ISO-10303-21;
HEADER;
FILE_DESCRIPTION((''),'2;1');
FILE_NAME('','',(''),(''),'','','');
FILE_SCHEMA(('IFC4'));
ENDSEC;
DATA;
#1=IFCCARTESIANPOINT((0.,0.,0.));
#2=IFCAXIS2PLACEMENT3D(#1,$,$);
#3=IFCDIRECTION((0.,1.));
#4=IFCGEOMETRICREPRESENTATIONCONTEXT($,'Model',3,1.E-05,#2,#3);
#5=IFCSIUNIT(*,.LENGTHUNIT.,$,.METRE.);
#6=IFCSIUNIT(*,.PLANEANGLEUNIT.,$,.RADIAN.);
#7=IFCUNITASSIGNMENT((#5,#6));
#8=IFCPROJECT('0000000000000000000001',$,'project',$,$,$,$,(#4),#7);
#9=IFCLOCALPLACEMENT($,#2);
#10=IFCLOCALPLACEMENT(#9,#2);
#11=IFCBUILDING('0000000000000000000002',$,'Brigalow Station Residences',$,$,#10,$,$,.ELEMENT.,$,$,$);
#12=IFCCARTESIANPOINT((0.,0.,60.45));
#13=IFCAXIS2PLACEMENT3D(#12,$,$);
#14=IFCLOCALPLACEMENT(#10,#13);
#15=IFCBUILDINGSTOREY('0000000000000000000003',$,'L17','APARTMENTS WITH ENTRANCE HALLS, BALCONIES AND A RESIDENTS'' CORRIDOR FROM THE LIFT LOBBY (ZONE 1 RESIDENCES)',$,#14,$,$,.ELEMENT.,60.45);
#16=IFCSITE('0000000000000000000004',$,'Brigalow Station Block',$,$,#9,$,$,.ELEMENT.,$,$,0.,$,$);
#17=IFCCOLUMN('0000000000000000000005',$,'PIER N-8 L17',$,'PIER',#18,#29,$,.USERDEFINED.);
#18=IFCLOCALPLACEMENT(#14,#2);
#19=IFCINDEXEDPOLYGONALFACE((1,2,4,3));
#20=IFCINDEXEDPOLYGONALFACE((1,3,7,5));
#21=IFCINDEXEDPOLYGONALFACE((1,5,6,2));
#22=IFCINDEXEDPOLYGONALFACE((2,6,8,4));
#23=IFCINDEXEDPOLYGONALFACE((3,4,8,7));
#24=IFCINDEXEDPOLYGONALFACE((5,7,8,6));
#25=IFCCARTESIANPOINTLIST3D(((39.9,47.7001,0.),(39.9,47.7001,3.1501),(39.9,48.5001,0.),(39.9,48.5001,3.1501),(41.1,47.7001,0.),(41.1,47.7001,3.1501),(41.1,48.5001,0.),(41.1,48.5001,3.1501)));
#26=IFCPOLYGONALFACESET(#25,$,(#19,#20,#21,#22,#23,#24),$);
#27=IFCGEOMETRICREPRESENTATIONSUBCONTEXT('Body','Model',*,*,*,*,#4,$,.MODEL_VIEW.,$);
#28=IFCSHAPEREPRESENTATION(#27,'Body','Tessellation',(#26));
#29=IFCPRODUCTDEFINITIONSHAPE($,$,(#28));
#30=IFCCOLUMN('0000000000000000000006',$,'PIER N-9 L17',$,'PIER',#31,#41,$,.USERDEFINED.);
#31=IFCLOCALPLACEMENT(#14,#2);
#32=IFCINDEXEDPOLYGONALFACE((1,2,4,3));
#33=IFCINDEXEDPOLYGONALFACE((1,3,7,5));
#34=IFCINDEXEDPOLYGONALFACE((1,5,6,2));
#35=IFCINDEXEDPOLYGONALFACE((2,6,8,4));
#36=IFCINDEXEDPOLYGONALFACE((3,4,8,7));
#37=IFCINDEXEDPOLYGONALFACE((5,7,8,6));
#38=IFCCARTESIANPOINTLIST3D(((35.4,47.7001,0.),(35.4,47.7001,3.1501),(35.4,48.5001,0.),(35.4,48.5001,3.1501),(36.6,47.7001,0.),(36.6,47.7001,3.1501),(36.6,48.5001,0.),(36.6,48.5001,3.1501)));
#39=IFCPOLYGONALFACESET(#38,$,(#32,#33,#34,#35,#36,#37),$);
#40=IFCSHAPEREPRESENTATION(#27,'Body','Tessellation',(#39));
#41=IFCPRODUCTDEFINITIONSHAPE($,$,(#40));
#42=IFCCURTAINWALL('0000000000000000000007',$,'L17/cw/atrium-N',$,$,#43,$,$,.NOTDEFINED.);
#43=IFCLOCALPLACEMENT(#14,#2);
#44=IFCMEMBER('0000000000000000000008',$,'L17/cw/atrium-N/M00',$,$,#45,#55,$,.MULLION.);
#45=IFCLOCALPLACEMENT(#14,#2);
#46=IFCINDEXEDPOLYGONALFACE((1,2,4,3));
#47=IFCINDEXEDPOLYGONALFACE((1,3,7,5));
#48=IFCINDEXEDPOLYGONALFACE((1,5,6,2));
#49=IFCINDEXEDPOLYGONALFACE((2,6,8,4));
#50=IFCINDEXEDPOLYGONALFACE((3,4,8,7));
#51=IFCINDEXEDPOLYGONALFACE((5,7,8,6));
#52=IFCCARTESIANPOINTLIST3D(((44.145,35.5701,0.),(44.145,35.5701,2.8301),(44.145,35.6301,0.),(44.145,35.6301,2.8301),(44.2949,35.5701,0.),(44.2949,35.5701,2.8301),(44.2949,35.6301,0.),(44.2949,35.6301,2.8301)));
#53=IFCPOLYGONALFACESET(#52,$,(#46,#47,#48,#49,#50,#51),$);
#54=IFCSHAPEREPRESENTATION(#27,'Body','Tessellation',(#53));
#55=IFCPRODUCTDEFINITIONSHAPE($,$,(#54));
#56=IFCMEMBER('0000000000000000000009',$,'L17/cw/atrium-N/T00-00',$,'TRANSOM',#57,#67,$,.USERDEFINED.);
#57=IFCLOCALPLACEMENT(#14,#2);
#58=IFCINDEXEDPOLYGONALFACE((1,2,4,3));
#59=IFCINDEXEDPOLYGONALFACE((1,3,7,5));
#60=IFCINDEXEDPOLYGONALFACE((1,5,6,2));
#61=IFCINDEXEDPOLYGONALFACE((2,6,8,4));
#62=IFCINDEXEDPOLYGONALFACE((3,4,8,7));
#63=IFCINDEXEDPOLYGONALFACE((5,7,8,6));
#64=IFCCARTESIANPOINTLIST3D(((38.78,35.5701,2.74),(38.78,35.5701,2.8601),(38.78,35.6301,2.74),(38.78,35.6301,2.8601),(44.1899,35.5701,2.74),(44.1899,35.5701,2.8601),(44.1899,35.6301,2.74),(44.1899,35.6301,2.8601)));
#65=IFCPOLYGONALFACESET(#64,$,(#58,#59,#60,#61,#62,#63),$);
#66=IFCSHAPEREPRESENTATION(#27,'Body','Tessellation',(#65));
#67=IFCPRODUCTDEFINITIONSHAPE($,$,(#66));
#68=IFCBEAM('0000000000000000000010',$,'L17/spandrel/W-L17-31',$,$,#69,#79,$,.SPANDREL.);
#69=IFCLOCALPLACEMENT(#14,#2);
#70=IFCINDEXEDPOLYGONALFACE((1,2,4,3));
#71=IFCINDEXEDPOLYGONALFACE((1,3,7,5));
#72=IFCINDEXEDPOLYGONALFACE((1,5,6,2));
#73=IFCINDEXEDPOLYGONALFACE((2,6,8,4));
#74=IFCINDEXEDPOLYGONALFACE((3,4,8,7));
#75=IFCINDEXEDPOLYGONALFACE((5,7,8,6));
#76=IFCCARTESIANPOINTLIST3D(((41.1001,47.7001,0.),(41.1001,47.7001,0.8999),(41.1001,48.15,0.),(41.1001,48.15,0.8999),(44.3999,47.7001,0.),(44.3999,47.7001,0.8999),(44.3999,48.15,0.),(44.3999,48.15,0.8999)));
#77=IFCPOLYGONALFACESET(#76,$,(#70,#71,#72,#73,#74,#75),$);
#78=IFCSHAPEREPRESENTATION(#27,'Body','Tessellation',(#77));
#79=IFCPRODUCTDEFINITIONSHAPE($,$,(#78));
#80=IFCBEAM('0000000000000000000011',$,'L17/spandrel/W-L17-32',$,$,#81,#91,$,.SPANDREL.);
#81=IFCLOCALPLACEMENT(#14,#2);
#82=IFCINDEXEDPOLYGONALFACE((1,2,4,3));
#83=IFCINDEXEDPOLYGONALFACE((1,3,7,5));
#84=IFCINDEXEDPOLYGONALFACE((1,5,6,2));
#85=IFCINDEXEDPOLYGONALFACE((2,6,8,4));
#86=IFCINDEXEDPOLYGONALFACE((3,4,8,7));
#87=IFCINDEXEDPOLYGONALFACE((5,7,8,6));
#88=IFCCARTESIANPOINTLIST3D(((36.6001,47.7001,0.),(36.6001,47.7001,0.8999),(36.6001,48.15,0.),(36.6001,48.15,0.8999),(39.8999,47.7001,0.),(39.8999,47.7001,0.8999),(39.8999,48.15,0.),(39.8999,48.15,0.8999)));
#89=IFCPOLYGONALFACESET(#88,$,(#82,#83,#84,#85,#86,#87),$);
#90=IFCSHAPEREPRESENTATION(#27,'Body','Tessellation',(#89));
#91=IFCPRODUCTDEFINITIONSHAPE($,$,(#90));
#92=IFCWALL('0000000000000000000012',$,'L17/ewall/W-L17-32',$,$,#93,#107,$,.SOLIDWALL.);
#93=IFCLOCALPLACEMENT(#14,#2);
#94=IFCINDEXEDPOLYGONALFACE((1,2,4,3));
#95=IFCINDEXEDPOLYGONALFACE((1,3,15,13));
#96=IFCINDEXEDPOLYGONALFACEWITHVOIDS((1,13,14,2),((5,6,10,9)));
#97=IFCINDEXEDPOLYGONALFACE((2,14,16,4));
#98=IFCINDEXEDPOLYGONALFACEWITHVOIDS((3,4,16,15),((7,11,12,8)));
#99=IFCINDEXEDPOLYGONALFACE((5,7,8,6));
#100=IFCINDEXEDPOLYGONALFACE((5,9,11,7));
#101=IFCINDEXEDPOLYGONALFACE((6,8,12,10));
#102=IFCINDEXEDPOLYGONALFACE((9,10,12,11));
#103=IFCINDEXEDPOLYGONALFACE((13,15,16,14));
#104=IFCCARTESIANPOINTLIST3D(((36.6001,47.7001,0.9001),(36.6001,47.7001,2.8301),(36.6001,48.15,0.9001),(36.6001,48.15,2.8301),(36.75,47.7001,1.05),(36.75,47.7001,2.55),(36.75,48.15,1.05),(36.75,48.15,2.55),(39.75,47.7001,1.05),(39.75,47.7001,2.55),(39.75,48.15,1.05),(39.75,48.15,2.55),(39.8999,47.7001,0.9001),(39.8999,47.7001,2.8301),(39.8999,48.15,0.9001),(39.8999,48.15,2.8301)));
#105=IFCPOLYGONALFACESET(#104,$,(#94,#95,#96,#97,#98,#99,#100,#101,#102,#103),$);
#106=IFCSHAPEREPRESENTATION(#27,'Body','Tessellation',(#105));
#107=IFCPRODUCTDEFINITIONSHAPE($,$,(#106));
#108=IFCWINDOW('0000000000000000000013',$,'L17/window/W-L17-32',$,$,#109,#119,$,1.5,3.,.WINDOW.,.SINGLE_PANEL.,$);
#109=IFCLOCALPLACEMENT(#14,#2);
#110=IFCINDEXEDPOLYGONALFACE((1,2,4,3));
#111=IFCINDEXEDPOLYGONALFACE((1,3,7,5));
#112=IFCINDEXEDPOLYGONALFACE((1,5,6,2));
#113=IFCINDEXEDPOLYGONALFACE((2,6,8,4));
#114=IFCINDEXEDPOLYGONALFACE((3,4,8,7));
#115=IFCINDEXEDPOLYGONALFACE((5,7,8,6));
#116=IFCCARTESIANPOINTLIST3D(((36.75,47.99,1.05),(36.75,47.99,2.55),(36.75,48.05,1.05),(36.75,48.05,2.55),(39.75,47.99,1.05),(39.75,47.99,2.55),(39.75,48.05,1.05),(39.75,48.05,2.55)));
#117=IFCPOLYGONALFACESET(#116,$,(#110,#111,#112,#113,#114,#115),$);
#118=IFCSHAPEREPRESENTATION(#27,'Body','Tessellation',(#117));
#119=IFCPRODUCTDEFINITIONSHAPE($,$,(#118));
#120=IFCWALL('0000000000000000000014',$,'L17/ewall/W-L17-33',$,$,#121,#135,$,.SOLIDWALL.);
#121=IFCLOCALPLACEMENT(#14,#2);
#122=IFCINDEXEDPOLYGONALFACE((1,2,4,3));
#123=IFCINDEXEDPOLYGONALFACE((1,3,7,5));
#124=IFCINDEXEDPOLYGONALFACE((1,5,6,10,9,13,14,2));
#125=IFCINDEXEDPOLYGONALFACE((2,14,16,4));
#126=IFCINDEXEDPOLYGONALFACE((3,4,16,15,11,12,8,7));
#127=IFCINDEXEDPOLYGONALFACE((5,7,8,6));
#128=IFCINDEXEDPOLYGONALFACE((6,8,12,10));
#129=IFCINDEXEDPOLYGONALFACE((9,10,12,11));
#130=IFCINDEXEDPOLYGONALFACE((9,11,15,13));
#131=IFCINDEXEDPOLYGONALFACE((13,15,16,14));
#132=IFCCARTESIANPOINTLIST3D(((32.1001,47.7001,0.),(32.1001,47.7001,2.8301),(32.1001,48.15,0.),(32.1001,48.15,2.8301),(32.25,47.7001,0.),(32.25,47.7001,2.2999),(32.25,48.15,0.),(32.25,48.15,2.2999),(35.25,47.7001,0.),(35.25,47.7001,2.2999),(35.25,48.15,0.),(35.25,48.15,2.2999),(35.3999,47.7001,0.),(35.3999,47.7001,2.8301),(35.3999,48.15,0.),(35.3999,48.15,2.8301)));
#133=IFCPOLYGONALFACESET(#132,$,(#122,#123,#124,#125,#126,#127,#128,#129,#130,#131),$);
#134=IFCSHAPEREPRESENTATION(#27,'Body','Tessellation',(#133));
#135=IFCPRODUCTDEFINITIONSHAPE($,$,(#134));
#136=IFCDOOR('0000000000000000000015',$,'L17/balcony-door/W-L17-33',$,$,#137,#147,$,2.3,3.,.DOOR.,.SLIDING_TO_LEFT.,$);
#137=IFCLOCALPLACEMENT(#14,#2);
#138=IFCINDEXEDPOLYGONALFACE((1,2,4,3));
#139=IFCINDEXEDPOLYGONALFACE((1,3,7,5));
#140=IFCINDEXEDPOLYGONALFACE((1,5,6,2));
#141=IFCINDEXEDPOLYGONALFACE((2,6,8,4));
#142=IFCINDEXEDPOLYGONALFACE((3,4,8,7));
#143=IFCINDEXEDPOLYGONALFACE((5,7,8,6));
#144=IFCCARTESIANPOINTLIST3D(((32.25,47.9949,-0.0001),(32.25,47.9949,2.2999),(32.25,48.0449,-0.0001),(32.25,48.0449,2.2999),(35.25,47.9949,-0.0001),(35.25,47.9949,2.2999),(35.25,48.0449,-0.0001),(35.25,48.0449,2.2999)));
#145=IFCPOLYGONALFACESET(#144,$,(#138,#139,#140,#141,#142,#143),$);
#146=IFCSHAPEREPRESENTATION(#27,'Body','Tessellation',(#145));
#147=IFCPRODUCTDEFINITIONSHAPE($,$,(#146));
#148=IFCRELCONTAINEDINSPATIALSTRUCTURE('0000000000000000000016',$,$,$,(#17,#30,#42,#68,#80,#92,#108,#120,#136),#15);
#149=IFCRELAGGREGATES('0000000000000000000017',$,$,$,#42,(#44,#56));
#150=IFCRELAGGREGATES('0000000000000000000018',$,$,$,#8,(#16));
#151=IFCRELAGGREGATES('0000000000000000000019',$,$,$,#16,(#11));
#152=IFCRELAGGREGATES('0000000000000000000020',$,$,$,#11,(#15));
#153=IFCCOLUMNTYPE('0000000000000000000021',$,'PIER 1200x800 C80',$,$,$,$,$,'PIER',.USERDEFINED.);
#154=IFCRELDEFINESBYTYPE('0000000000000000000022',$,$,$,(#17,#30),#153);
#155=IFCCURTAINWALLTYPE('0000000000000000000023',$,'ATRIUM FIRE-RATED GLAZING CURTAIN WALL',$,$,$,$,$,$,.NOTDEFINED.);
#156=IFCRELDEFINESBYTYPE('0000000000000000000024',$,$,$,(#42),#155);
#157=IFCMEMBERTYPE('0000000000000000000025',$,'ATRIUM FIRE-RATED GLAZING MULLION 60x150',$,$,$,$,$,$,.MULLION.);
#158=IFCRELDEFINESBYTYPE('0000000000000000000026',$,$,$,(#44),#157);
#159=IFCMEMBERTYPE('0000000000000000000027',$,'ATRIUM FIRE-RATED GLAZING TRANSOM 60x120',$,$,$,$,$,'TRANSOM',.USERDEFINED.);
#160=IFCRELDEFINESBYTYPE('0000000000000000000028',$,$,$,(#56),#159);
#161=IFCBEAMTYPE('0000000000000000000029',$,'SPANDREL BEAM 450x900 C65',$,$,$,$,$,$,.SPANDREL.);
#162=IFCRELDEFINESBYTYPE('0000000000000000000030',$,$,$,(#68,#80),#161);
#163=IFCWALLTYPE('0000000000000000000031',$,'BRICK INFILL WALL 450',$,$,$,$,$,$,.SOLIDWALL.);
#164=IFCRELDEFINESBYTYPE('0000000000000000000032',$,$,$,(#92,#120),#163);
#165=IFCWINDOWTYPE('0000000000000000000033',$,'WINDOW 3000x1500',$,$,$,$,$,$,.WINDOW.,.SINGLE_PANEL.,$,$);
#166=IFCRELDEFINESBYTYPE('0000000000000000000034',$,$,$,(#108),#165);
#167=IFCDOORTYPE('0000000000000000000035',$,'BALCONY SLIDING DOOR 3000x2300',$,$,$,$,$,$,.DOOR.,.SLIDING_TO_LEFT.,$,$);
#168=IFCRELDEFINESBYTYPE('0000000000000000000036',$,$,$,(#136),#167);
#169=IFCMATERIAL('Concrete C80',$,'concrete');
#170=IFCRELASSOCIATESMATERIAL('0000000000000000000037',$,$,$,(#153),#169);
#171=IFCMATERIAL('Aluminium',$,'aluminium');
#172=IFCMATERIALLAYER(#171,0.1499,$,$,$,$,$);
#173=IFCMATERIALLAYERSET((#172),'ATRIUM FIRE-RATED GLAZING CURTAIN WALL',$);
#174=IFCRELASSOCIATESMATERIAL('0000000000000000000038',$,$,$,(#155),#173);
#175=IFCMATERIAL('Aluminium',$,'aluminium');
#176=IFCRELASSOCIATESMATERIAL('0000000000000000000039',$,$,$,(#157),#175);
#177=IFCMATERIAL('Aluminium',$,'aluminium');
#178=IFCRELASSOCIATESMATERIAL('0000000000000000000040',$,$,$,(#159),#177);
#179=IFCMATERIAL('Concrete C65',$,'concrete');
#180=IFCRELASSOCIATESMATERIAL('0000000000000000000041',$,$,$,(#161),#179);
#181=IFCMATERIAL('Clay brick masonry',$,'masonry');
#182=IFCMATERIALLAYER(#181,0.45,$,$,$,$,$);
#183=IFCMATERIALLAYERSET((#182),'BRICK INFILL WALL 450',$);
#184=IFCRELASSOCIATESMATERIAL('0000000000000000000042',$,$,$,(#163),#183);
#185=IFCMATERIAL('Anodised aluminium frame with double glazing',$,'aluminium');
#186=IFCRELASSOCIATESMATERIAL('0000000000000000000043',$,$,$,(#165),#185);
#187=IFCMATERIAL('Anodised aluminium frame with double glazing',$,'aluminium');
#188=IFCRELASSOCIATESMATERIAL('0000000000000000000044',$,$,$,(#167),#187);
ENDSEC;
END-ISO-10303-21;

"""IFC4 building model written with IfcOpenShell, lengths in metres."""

from ifc_helpers import new_model, si_unit, direction, frame, frame_2d, origin, origin_2d, place, context, subcontext, project, spatial, rectangle, extrude, material, layer, layer_set, material_profile, profile_set, type_object, element, fill, aggregate, save


model = new_model("IFC4")

# Units and contexts
model_context = context("Model", 3, precision=1e-05, world=origin(), true_north=direction((0.0, 1.0)))
body_context = subcontext(model_context, "Body", "Model", "MODEL_VIEW")
ifc_project = project(units=[si_unit("LENGTHUNIT", "METRE"), si_unit("PLANEANGLEUNIT", "RADIAN")], contexts=[model_context])

# Site, building, storey
site_placement = place(None, origin())
site = spatial("IfcSite", under=ifc_project, at=site_placement, Name="Brigalow Station Block", CompositionType="ELEMENT", RefElevation=0.0)
building_placement = place(site_placement, origin())
building = spatial("IfcBuilding", under=site, at=building_placement, Name="Brigalow Station Residences", CompositionType="ELEMENT")
storey_placement = place(building_placement, frame((0.0, 0.0, 60.45)))
storey = spatial("IfcBuildingStorey", under=building, at=storey_placement, Name="L17", Description="APARTMENTS WITH ENTRANCE HALLS, BALCONIES AND A RESIDENTS' CORRIDOR FROM THE LIFT LOBBY (ZONE 1 RESIDENCES)", CompositionType="ELEMENT", Elevation=60.45)

# Columns
ifc_material_1 = material(Name="Concrete C80", Category="concrete")
ifc_material_profile_1 = material_profile(ifc_material_1, rectangle(XDim=1.2, YDim=0.8, at=origin_2d()), Name="RC1200x800")
ifc_profile_set_1 = profile_set([ifc_material_profile_1], Name="Concrete C80")
column_type = type_object("IfcColumnType", Name="PIER 1200x800 C80", ElementType="PIER", PredefinedType="USERDEFINED", material=ifc_profile_set_1)
for number, where, z_axis, x_axis, name in (
    (1, (40.5, 48.1001, 0.0), (0.0, 0.0, 1.0), (-1.0, 0.0, 0.0), "PIER N-8 L17"),
    (2, (36.0, 48.1001, 0.0), (0.0, 0.0, 1.0), (-1.0, 0.0, 0.0), "PIER N-9 L17"),
):
    element("IfcColumn", number, at=place(storey_placement, frame(where, z_axis=z_axis, x_axis=x_axis)), inside=storey, type_object=column_type, Name=name, ObjectType="PIER", PredefinedType="USERDEFINED", context=body_context, shape_type="SweptSolid", body=[
        extrude(rectangle(XDim=1.2, YDim=0.8, at=origin_2d()), origin(), (0.0, 0.0, 1.0), 3.1501),
    ])

# Curtain wall, members
ifc_material_2 = material(Name="Aluminium", Category="aluminium")
ifc_layer_1 = layer(ifc_material_2, 0.1499)
ifc_layer_set_1 = layer_set([ifc_layer_1], Name="ATRIUM FIRE-RATED GLAZING CURTAIN WALL")
curtain_wall_type = type_object("IfcCurtainWallType", Name="ATRIUM FIRE-RATED GLAZING CURTAIN WALL", PredefinedType="NOTDEFINED", material=ifc_layer_set_1)
curtain_wall_placement = place(storey_placement, origin())
curtain_wall = element("IfcCurtainWall", 3, at=curtain_wall_placement, inside=storey, type_object=curtain_wall_type, Name="L17/cw/atrium-N", PredefinedType="NOTDEFINED")
ifc_material_3 = material(Name="Aluminium", Category="aluminium")
ifc_material_profile_2 = material_profile(ifc_material_3, rectangle(XDim=0.0601, YDim=0.1499, at=origin_2d()), Name="ATRIUM FIRE-RATED GLAZING MULLION 60x150")
ifc_profile_set_2 = profile_set([ifc_material_profile_2], Name="Aluminium")
member_type_1 = type_object("IfcMemberType", Name="ATRIUM FIRE-RATED GLAZING MULLION 60x150", PredefinedType="MULLION", material=ifc_profile_set_2)
member_1_placement = place(storey_placement, frame((44.22, 35.6001, 0.0), z_axis=(0.0, 0.0, 1.0), x_axis=(0.0, -1.0, 0.0)))
member_1 = element("IfcMember", 4, at=member_1_placement, type_object=member_type_1, Name="L17/cw/atrium-N/M00", PredefinedType="MULLION", context=body_context, shape_type="SweptSolid", body=[
    extrude(rectangle(XDim=0.0601, YDim=0.1499, at=origin_2d()), origin(), (0.0, 0.0, 1.0), 2.8301),
])
ifc_material_4 = material(Name="Aluminium", Category="aluminium")
ifc_material_profile_3 = material_profile(ifc_material_4, rectangle(XDim=0.0601, YDim=0.1201, at=origin_2d()), Name="ATRIUM FIRE-RATED GLAZING TRANSOM 60x120")
ifc_profile_set_3 = profile_set([ifc_material_profile_3], Name="Aluminium")
member_type_2 = type_object("IfcMemberType", Name="ATRIUM FIRE-RATED GLAZING TRANSOM 60x120", ElementType="TRANSOM", PredefinedType="USERDEFINED", material=ifc_profile_set_3)
member_2_placement = place(storey_placement, frame((44.1899, 35.6001, 2.8), z_axis=(-1.0, 0.0, 0.0), x_axis=(0.0, -1.0, 0.0)))
member_2 = element("IfcMember", 5, at=member_2_placement, type_object=member_type_2, Name="L17/cw/atrium-N/T00-00", ObjectType="TRANSOM", PredefinedType="USERDEFINED", context=body_context, shape_type="SweptSolid", body=[
    extrude(rectangle(XDim=0.0601, YDim=0.1201, at=origin_2d()), origin(), (0.0, 0.0, 1.0), 5.4099),
])
aggregate(curtain_wall, [member_1, member_2])

# Beams
ifc_material_5 = material(Name="Concrete C65", Category="concrete")
ifc_material_profile_4 = material_profile(ifc_material_5, rectangle(XDim=0.45, YDim=0.8999, at=origin_2d()), Name="RC450x900")
ifc_profile_set_4 = profile_set([ifc_material_profile_4], Name="Concrete C65")
beam_type = type_object("IfcBeamType", Name="SPANDREL BEAM 450x900 C65", PredefinedType="SPANDREL", material=ifc_profile_set_4)
for number, where, z_axis, x_axis, name in (
    (6, (44.3999, 47.925, 0.45), (-1.0, 0.0, 0.0), (0.0, -1.0, 0.0), "L17/spandrel/W-L17-31"),
    (7, (39.8999, 47.925, 0.45), (-1.0, 0.0, 0.0), (0.0, -1.0, 0.0), "L17/spandrel/W-L17-32"),
):
    element("IfcBeam", number, at=place(storey_placement, frame(where, z_axis=z_axis, x_axis=x_axis)), inside=storey, type_object=beam_type, Name=name, PredefinedType="SPANDREL", context=body_context, shape_type="SweptSolid", body=[
        extrude(rectangle(XDim=0.45, YDim=0.8999, at=origin_2d()), origin(), (0.0, 0.0, 1.0), 3.2998),
    ])

# Wall, opening, window
ifc_material_6 = material(Name="Clay brick masonry", Category="masonry")
ifc_layer_2 = layer(ifc_material_6, 0.45)
ifc_layer_set_2 = layer_set([ifc_layer_2], Name="BRICK INFILL WALL 450")
wall_type_1 = type_object("IfcWallType", Name="BRICK INFILL WALL 450", PredefinedType="SOLIDWALL", material=ifc_layer_set_2)
wall_1_placement = place(storey_placement, frame((39.8999, 47.925, 0.9001), z_axis=(0.0, 0.0, 1.0), x_axis=(-1.0, 0.0, 0.0)))
wall_1 = element("IfcWall", 8, at=wall_1_placement, inside=storey, type_object=wall_type_1, Name="L17/ewall/W-L17-32", PredefinedType="SOLIDWALL", context=body_context, shape_type="SweptSolid", body=[
    extrude(rectangle(XDim=3.2998, YDim=0.45, at=frame_2d((1.6499, 0.0))), origin(), (0.0, 0.0, 1.0), 1.9299),
])
opening_1_placement = place(wall_1_placement, frame((0.1499, 0.0, 0.1499)))
opening_1 = element("IfcOpeningElement", 9, at=opening_1_placement, cuts=wall_1, PredefinedType="OPENING", context=body_context, shape_type="SweptSolid", body=[
    extrude(rectangle(XDim=3.0, YDim=1.5, at=frame_2d((1.5, 0.75))), frame((0.0, 0.2349, 0.0), z_axis=(0.0, -1.0, 0.0), x_axis=(1.0, 0.0, 0.0)), (0.0, 0.0, 1.0), 0.47),
])
ifc_material_7 = material(Name="Anodised aluminium frame with double glazing", Category="aluminium")
window_type = type_object("IfcWindowType", Name="WINDOW 3000x1500", PartitioningType="SINGLE_PANEL", PredefinedType="WINDOW", material=ifc_material_7)
window_placement = place(opening_1_placement, origin())
window = element("IfcWindow", 10, at=window_placement, inside=storey, type_object=window_type, Name="L17/window/W-L17-32", OverallHeight=1.5, OverallWidth=3.0, PartitioningType="SINGLE_PANEL", PredefinedType="WINDOW", context=body_context, shape_type="SweptSolid", body=[
    extrude(rectangle(XDim=3.0, YDim=1.5, at=frame_2d((1.5, 0.75))), frame((0.0, -0.0649, 0.0), z_axis=(0.0, -1.0, 0.0), x_axis=(1.0, 0.0, 0.0)), (0.0, 0.0, 1.0), 0.0601),
])
fill(opening_1, window)

# Wall, opening, door
wall_2_placement = place(storey_placement, frame((35.3999, 47.925, 0.0), z_axis=(0.0, 0.0, 1.0), x_axis=(-1.0, 0.0, 0.0)))
wall_2 = element("IfcWall", 11, at=wall_2_placement, inside=storey, type_object=wall_type_1, Name="L17/ewall/W-L17-33", PredefinedType="SOLIDWALL", context=body_context, shape_type="SweptSolid", body=[
    extrude(rectangle(XDim=3.2998, YDim=0.45, at=frame_2d((1.6499, 0.0))), origin(), (0.0, 0.0, 1.0), 2.8301),
])
opening_2_placement = place(wall_2_placement, frame((0.1499, 0.0, 0.0)))
opening_2 = element("IfcOpeningElement", 12, at=opening_2_placement, cuts=wall_2, PredefinedType="OPENING", context=body_context, shape_type="SweptSolid", body=[
    extrude(rectangle(XDim=3.0, YDim=2.3, at=frame_2d((1.5, 1.1499))), frame((0.0, 0.2349, 0.0), z_axis=(0.0, -1.0, 0.0), x_axis=(1.0, 0.0, 0.0)), (0.0, 0.0, 1.0), 0.47),
])
ifc_material_8 = material(Name="Anodised aluminium frame with double glazing", Category="aluminium")
door_type_1 = type_object("IfcDoorType", Name="BALCONY SLIDING DOOR 3000x2300", OperationType="SLIDING_TO_LEFT", PredefinedType="DOOR", material=ifc_material_8)
door_1_placement = place(opening_2_placement, origin())
door_1 = element("IfcDoor", 13, at=door_1_placement, inside=storey, type_object=door_type_1, Name="L17/balcony-door/W-L17-33", OperationType="SLIDING_TO_LEFT", OverallHeight=2.3, OverallWidth=3.0, PredefinedType="DOOR", context=body_context, shape_type="SweptSolid", body=[
    extrude(rectangle(XDim=3.0, YDim=2.3, at=frame_2d((1.5, 1.1499))), frame((0.0, -0.0698, 0.0), z_axis=(0.0, -1.0, 0.0), x_axis=(1.0, 0.0, 0.0)), (0.0, 0.0, 1.0), 0.05),
])
fill(opening_2, door_1)

save(model, "model.ifc")
